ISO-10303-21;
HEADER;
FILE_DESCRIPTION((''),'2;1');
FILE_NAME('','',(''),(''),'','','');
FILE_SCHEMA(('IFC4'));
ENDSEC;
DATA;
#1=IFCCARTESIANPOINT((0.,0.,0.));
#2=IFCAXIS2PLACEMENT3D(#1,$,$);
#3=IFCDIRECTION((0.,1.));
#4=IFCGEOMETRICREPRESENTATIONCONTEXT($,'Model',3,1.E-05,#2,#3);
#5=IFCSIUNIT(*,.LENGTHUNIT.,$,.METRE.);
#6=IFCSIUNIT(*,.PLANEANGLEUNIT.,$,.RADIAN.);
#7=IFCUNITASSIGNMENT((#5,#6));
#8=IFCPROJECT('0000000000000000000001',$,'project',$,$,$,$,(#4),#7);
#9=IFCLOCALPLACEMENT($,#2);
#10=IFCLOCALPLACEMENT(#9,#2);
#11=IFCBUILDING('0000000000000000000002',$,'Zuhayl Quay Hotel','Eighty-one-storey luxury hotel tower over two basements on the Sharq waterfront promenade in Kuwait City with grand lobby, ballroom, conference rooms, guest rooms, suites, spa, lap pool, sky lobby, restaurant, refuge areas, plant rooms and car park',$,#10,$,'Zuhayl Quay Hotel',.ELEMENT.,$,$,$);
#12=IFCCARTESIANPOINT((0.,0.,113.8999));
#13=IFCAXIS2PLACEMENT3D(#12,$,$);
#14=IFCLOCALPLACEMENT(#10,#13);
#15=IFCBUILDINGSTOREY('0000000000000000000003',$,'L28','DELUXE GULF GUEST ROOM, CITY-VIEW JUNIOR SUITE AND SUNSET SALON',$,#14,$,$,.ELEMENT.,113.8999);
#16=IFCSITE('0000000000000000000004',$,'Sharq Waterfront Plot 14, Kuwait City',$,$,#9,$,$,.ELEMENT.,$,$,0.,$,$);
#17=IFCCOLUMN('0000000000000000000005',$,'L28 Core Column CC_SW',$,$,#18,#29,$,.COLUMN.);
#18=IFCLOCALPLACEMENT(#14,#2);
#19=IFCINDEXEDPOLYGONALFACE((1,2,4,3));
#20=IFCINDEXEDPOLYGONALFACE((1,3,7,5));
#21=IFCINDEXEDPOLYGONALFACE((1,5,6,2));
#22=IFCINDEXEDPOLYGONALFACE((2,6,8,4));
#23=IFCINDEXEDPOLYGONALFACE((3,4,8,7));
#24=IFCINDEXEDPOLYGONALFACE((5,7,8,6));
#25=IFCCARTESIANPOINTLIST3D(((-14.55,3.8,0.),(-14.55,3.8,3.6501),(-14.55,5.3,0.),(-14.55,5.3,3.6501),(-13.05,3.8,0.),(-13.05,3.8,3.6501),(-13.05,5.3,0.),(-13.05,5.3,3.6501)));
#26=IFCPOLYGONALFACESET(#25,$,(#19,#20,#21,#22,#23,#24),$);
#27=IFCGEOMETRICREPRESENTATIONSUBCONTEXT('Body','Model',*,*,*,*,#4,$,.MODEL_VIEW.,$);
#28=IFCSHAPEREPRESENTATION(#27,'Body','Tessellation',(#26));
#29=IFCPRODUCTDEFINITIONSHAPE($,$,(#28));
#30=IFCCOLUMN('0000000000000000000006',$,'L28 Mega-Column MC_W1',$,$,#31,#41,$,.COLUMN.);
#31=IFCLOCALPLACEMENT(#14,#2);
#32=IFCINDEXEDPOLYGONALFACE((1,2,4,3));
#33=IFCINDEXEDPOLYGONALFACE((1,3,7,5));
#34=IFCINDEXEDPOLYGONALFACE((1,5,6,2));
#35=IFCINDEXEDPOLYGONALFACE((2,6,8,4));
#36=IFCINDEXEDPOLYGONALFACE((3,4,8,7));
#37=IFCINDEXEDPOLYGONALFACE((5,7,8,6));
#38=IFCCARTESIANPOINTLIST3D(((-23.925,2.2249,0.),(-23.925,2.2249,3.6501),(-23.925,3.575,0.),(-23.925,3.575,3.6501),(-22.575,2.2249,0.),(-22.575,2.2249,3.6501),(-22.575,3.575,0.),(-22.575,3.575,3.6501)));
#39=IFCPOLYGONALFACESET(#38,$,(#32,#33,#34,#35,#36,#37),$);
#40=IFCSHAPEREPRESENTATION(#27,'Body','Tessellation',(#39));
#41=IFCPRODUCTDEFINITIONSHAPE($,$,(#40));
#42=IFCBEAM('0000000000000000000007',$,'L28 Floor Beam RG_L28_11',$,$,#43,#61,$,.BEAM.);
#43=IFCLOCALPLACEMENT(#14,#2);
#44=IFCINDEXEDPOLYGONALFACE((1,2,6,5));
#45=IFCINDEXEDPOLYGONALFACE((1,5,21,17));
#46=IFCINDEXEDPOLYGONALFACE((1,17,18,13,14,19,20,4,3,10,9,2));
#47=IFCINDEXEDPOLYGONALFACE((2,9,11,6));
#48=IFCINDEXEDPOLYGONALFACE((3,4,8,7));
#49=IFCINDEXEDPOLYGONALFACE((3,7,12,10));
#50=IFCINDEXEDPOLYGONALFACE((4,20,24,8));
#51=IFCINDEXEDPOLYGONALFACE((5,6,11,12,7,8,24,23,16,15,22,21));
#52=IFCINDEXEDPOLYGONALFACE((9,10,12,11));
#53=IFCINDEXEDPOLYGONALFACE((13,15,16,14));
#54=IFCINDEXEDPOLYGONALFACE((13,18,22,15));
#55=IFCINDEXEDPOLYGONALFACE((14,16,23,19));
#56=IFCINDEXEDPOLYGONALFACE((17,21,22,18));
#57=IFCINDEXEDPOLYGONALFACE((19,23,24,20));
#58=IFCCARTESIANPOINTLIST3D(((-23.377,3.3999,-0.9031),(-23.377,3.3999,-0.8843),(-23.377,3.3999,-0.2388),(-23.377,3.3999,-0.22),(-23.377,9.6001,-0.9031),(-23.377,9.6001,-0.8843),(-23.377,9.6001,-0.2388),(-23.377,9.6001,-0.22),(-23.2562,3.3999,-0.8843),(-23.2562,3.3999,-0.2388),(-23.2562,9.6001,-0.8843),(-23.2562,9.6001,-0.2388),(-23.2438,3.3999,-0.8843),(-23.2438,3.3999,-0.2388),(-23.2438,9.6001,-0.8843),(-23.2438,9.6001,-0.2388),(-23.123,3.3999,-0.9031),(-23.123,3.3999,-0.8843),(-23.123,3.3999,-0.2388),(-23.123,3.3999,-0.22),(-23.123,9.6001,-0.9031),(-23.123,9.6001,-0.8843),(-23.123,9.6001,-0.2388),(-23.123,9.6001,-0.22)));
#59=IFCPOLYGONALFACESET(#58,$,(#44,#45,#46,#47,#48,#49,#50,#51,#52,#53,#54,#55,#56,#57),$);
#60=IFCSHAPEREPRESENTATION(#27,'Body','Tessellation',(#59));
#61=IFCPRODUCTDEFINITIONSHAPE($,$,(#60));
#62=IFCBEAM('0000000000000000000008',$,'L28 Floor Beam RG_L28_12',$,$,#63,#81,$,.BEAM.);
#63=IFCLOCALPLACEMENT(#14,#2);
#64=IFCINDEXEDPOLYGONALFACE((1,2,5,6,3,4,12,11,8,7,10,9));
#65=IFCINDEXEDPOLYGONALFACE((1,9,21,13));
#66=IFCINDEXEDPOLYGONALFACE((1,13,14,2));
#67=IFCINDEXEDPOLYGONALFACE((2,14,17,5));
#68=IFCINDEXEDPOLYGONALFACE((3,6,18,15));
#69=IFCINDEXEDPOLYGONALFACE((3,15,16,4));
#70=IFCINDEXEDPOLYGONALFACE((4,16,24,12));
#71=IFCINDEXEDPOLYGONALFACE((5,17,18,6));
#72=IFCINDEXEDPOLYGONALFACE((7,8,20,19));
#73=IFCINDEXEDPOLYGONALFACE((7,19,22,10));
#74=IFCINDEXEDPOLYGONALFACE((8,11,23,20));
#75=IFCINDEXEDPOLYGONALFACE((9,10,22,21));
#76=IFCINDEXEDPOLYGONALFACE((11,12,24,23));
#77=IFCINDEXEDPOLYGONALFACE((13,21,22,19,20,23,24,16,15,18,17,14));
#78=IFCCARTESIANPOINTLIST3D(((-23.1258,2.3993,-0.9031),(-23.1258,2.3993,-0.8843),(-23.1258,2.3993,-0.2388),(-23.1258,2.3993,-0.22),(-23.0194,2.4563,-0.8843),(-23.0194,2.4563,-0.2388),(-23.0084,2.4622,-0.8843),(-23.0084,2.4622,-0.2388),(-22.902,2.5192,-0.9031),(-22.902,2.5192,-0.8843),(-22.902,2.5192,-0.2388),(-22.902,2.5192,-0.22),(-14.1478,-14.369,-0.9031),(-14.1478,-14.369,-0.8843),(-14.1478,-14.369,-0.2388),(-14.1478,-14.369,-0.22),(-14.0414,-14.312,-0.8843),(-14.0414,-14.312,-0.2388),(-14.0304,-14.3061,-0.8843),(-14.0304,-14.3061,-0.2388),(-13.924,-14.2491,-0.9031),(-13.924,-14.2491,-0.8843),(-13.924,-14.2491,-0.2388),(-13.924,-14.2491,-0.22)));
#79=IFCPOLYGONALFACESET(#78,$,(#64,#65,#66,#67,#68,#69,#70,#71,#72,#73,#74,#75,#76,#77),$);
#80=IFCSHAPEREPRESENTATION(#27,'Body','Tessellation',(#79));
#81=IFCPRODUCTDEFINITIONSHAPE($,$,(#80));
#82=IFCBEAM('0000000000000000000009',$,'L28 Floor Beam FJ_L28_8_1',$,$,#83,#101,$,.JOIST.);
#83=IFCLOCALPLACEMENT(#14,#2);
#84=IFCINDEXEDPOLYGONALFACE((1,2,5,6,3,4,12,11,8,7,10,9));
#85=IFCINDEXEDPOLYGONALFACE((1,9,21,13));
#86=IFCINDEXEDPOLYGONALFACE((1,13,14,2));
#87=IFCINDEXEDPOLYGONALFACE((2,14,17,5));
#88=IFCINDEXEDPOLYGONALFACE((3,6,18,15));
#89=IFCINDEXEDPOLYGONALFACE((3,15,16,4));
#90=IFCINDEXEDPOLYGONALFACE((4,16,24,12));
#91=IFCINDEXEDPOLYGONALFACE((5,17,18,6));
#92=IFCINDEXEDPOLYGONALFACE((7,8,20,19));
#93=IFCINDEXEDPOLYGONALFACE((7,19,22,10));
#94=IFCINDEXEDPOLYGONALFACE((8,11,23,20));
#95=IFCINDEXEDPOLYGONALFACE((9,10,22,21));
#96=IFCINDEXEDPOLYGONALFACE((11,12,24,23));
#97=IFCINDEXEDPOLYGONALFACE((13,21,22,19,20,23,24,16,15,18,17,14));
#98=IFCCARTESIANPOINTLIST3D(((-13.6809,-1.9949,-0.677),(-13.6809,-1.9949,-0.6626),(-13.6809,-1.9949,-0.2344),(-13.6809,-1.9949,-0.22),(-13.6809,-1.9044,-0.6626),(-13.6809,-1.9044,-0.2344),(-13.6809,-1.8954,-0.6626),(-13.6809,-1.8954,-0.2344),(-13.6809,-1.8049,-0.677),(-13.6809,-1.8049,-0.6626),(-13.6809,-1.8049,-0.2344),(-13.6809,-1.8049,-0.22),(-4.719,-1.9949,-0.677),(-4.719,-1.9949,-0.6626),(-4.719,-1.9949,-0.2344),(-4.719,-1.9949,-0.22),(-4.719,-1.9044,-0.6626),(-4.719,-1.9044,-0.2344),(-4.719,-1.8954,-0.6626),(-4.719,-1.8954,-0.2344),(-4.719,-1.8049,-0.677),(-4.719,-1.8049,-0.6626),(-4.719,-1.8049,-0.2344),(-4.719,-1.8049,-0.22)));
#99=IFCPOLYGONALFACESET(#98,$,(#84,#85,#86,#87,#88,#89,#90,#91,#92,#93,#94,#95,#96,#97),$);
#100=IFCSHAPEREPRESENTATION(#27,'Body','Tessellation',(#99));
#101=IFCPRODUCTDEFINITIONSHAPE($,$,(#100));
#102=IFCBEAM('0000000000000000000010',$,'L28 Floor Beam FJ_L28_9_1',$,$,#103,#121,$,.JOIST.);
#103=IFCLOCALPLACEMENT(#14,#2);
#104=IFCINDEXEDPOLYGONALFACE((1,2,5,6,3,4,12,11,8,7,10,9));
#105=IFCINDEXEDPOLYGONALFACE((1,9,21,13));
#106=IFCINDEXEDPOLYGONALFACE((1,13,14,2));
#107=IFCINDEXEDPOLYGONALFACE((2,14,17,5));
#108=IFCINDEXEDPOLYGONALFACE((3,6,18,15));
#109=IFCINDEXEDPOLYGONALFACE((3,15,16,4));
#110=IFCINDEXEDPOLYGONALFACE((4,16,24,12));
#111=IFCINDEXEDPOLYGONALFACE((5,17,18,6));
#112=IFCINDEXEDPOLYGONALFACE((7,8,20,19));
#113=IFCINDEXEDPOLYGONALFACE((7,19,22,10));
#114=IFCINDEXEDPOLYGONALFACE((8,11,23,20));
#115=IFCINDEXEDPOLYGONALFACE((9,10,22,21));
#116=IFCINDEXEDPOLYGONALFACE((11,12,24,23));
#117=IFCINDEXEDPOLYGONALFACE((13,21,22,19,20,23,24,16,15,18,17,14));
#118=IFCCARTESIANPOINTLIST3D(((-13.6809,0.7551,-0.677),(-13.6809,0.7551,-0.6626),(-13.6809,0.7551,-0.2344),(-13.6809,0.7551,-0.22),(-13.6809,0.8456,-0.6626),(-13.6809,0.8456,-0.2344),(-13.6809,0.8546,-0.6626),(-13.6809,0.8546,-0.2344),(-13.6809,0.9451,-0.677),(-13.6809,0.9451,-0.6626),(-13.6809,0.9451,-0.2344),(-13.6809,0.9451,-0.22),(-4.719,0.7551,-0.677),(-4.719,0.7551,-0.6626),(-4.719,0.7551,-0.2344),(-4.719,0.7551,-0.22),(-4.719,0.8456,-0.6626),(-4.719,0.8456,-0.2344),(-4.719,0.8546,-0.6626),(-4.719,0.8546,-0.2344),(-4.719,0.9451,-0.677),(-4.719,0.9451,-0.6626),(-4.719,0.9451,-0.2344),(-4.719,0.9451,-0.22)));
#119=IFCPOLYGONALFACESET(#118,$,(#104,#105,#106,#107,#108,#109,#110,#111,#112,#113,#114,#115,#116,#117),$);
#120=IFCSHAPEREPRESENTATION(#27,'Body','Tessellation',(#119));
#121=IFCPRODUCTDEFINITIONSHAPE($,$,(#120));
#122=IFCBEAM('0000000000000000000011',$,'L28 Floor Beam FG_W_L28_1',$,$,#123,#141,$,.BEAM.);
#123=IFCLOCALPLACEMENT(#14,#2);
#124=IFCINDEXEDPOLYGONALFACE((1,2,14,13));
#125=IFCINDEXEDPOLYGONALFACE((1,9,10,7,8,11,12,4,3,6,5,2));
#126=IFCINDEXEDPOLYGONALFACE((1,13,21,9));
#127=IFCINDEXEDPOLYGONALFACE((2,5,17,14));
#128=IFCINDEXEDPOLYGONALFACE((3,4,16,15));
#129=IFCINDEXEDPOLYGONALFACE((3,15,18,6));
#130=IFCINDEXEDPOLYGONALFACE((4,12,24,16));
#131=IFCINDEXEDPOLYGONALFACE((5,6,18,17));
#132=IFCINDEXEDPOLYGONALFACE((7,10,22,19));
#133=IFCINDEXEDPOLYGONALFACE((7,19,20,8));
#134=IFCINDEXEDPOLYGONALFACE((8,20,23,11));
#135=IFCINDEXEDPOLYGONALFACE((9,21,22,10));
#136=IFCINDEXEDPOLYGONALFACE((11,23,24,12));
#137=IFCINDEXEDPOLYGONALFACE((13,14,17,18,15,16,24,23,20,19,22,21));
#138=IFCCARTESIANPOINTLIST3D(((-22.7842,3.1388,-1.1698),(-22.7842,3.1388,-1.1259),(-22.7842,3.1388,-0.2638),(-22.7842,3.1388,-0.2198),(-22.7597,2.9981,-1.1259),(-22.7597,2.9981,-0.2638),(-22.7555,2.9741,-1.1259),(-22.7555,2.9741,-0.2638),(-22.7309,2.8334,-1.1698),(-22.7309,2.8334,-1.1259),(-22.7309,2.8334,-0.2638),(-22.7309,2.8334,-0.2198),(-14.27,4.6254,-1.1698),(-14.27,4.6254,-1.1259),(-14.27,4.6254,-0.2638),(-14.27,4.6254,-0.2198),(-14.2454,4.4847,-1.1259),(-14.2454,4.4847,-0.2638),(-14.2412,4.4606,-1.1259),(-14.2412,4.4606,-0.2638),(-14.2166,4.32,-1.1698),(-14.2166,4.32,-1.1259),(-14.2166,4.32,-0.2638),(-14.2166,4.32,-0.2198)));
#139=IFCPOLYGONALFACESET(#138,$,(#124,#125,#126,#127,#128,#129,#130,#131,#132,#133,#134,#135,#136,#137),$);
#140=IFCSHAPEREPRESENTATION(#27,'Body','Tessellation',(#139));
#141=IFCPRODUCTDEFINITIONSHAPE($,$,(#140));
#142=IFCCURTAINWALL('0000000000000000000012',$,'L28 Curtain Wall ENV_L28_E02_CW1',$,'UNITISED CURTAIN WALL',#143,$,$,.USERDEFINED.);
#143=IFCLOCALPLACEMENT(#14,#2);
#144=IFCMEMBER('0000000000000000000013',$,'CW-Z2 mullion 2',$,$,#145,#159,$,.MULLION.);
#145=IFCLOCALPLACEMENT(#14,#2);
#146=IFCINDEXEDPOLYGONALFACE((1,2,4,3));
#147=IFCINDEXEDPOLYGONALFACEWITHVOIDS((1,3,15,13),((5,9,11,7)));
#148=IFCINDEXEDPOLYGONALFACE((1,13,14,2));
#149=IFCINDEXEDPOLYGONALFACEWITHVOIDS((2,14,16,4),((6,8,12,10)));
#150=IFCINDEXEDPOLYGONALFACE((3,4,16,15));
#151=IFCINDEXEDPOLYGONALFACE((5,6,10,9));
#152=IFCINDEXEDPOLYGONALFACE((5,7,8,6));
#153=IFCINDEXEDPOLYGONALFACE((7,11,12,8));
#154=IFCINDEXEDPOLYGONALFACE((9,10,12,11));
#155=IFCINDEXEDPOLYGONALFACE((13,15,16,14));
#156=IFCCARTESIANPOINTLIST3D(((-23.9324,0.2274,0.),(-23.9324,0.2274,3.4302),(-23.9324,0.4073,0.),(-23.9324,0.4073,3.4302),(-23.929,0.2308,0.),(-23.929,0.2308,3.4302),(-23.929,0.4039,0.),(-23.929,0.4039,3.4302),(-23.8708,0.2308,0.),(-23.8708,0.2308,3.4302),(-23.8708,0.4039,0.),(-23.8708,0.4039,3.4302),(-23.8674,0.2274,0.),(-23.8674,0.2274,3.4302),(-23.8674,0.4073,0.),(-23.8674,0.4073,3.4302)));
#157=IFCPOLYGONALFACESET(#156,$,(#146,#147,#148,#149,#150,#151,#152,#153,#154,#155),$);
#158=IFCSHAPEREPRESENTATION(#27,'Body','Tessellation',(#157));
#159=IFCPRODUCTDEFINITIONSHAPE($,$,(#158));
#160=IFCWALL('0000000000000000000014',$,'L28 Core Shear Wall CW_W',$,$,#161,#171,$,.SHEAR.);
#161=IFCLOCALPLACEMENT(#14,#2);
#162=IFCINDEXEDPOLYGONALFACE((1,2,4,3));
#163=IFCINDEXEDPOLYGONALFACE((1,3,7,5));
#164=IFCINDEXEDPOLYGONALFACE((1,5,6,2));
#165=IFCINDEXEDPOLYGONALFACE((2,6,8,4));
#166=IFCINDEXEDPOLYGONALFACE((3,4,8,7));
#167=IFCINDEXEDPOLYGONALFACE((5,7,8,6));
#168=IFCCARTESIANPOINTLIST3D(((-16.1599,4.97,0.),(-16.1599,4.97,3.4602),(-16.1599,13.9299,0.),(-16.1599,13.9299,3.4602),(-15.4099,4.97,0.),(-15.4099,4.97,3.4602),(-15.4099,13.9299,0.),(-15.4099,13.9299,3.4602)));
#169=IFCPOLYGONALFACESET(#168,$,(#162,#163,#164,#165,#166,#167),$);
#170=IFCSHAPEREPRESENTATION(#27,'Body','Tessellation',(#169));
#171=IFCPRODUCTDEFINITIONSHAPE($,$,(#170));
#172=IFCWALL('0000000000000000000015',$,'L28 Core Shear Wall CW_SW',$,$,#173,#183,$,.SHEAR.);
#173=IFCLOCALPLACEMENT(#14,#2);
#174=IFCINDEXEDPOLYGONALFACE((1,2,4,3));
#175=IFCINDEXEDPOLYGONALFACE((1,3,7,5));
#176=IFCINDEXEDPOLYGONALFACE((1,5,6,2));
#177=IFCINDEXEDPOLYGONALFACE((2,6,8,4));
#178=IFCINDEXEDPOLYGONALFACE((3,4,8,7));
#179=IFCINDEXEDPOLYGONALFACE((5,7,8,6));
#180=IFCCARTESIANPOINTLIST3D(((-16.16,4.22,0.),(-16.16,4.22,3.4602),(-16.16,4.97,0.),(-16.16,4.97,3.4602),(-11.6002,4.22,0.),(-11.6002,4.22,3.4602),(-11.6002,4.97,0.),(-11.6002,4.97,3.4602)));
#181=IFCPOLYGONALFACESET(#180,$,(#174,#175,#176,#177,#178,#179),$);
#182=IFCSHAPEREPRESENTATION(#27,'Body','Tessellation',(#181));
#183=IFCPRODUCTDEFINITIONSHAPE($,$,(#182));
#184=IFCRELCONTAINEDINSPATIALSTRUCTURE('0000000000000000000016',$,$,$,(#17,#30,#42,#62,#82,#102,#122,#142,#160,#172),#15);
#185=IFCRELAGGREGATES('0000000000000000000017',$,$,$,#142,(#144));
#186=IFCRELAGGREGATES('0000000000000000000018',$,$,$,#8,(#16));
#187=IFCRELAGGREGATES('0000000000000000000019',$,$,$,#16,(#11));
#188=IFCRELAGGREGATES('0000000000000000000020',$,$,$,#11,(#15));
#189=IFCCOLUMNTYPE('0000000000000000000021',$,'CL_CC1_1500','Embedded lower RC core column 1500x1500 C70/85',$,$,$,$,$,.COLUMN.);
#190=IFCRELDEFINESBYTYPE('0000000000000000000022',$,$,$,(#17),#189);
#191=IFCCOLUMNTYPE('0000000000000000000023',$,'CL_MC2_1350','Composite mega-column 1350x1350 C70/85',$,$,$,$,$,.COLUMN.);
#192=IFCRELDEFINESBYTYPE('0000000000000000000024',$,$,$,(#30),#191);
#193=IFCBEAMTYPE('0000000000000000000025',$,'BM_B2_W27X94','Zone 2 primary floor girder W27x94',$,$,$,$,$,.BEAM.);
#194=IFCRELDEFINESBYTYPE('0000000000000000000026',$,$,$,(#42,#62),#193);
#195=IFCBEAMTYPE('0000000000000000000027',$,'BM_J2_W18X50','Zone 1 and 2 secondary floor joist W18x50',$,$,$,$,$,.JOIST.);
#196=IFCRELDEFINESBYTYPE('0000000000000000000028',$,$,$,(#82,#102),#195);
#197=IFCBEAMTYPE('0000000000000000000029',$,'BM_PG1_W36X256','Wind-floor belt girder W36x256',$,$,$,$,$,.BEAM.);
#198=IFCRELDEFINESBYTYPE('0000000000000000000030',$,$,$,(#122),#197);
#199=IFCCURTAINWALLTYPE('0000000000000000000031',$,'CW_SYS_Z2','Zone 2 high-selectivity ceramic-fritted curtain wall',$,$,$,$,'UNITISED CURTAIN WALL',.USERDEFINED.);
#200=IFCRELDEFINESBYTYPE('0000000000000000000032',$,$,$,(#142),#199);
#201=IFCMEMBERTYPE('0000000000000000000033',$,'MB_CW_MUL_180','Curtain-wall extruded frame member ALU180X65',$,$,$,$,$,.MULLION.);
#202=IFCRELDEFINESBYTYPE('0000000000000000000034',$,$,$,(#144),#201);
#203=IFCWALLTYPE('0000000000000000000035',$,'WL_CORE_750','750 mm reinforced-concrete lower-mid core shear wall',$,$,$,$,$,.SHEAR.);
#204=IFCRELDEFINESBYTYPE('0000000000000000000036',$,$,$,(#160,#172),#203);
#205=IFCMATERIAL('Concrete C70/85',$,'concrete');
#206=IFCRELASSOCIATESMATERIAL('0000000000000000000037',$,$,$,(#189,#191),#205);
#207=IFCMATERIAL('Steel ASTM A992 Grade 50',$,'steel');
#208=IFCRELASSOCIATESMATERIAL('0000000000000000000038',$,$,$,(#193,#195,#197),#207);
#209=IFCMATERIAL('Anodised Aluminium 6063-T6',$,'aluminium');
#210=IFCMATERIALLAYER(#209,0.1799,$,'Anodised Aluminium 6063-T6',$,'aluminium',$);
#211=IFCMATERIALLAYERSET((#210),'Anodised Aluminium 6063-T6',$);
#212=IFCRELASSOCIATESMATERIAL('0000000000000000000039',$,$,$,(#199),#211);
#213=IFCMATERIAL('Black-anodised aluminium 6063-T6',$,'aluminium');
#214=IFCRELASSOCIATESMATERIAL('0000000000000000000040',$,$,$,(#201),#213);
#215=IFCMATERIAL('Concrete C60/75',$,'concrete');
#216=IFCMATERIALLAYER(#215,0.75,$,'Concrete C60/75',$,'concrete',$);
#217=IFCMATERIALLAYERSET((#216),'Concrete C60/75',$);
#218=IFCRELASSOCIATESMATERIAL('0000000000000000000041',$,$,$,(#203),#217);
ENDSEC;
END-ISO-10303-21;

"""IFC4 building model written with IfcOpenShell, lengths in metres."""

from ifc_helpers import new_model, si_unit, direction, frame, frame_2d, origin, origin_2d, place, context, subcontext, project, spatial, rectangle, hollow_rectangle, i_section, extrude, material, layer, layer_set, material_profile, profile_set, type_object, element, aggregate, save


model = new_model("IFC4")

# Units and contexts
model_context = context("Model", 3, precision=1e-05, world=origin(), true_north=direction((0.0, 1.0)))
body_context = subcontext(model_context, "Body", "Model", "MODEL_VIEW")
ifc_project = project(units=[si_unit("LENGTHUNIT", "METRE"), si_unit("PLANEANGLEUNIT", "RADIAN")], contexts=[model_context])

# Site, building, storey
site_placement = place(None, origin())
site = spatial("IfcSite", under=ifc_project, at=site_placement, Name="Sharq Waterfront Plot 14, Kuwait City", CompositionType="ELEMENT", RefElevation=0.0)
building_placement = place(site_placement, origin())
building = spatial("IfcBuilding", under=site, at=building_placement, Name="Zuhayl Quay Hotel", Description="Eighty-one-storey luxury hotel tower over two basements on the Sharq waterfront promenade in Kuwait City with grand lobby, ballroom, conference rooms, guest rooms, suites, spa, lap pool, sky lobby, restaurant, refuge areas, plant rooms and car park", LongName="Zuhayl Quay Hotel", CompositionType="ELEMENT")
storey_placement = place(building_placement, frame((0.0, 0.0, 113.8999)))
storey = spatial("IfcBuildingStorey", under=building, at=storey_placement, Name="L28", Description="DELUXE GULF GUEST ROOM, CITY-VIEW JUNIOR SUITE AND SUNSET SALON", CompositionType="ELEMENT", Elevation=113.8999)

# Columns
ifc_material_1 = material(Name="Concrete C70/85", Category="concrete")
ifc_material_profile_1 = material_profile(ifc_material_1, rectangle(XDim=1.5, YDim=1.5, at=origin_2d()), Name="RC1500X1500")
ifc_profile_set_1 = profile_set([ifc_material_profile_1], Name="Concrete C70/85")
column_type_1 = type_object("IfcColumnType", Name="CL_CC1_1500", Description="Embedded lower RC core column 1500x1500 C70/85", PredefinedType="COLUMN", material=ifc_profile_set_1)
column_1_placement = place(storey_placement, frame((-13.8, 4.55, 0.0), z_axis=(0.0, 0.0, 1.0), x_axis=(1.0, 0.0, 0.0)))
element("IfcColumn", 1, at=column_1_placement, inside=storey, type_object=column_type_1, Name="L28 Core Column CC_SW", PredefinedType="COLUMN", context=body_context, shape_type="SweptSolid", body=[
    extrude(rectangle(XDim=1.5, YDim=1.5, at=origin_2d()), origin(), (0.0, 0.0, 1.0), 3.6501),
])
ifc_material_profile_2 = material_profile(ifc_material_1, rectangle(XDim=1.3501, YDim=1.3501, at=origin_2d()), Name="RC1350X1350")
ifc_profile_set_2 = profile_set([ifc_material_profile_2], Name="Concrete C70/85")
column_type_2 = type_object("IfcColumnType", Name="CL_MC2_1350", Description="Composite mega-column 1350x1350 C70/85", PredefinedType="COLUMN", material=ifc_profile_set_2)
column_2_placement = place(storey_placement, frame((-23.25, 2.8999, 0.0), z_axis=(0.0, 0.0, 1.0), x_axis=(1.0, 0.0, 0.0)))
element("IfcColumn", 2, at=column_2_placement, inside=storey, type_object=column_type_2, Name="L28 Mega-Column MC_W1", PredefinedType="COLUMN", context=body_context, shape_type="SweptSolid", body=[
    extrude(rectangle(XDim=1.3501, YDim=1.3501, at=origin_2d()), origin(), (0.0, 0.0, 1.0), 3.6501),
])

# Beams
ifc_material_2 = material(Name="Steel ASTM A992 Grade 50", Category="steel")
ifc_material_profile_3 = material_profile(ifc_material_2, i_section(OverallWidth=0.2539, OverallDepth=0.6831, WebThickness=0.0125, FlangeThickness=0.0188, at=origin_2d()), Name="W27X94")
ifc_profile_set_3 = profile_set([ifc_material_profile_3], Name="Steel ASTM A992 Grade 50")
beam_type_1 = type_object("IfcBeamType", Name="BM_B2_W27X94", Description="Zone 2 primary floor girder W27x94", PredefinedType="BEAM", material=ifc_profile_set_3)
beam_1_placement = place(storey_placement, frame((-23.25, 9.6001, -0.5615), z_axis=(0.0, -1.0, 0.0), x_axis=(1.0, 0.0, 0.0)))
element("IfcBeam", 3, at=beam_1_placement, inside=storey, type_object=beam_type_1, Name="L28 Floor Beam RG_L28_11", PredefinedType="BEAM", context=body_context, shape_type="SweptSolid", body=[
    extrude(i_section(OverallWidth=0.2539, OverallDepth=0.6831, WebThickness=0.0125, FlangeThickness=0.0188, at=origin_2d()), origin(), (0.0, 0.0, 1.0), 6.2002),
])
beam_2_placement = place(storey_placement, frame((-23.0139, 2.4592, -0.5615), z_axis=(0.472017, -0.881589, 0.0), x_axis=(0.881589, 0.472017, 0.0)))
element("IfcBeam", 4, at=beam_2_placement, inside=storey, type_object=beam_type_1, Name="L28 Floor Beam RG_L28_12", PredefinedType="BEAM", context=body_context, shape_type="SweptSolid", body=[
    extrude(i_section(OverallWidth=0.2539, OverallDepth=0.6831, WebThickness=0.0125, FlangeThickness=0.0188, at=origin_2d()), origin(), (0.0, 0.0, 1.0), 19.0205),
])
ifc_material_profile_4 = material_profile(ifc_material_2, i_section(OverallWidth=0.1899, OverallDepth=0.457, WebThickness=0.009, FlangeThickness=0.0144, at=origin_2d()), Name="W18X50")
ifc_profile_set_4 = profile_set([ifc_material_profile_4], Name="Steel ASTM A992 Grade 50")
beam_type_2 = type_object("IfcBeamType", Name="BM_J2_W18X50", Description="Zone 1 and 2 secondary floor joist W18x50", PredefinedType="JOIST", material=ifc_profile_set_4)
for number, where, z_axis, x_axis, name in (
    (5, (-13.6809, -1.8999, -0.4485), (1.0, 0.0, 0.0), (0.0, 1.0, 0.0), "L28 Floor Beam FJ_L28_8_1"),
    (6, (-13.6809, 0.8501, -0.4485), (1.0, 0.0, 0.0), (0.0, 1.0, 0.0), "L28 Floor Beam FJ_L28_9_1"),
):
    element("IfcBeam", number, at=place(storey_placement, frame(where, z_axis=z_axis, x_axis=x_axis)), inside=storey, type_object=beam_type_2, Name=name, PredefinedType="JOIST", context=body_context, shape_type="SweptSolid", body=[
        extrude(i_section(OverallWidth=0.1899, OverallDepth=0.457, WebThickness=0.009, FlangeThickness=0.0144, at=origin_2d()), origin(), (0.0, 0.0, 1.0), 8.9619),
    ])
ifc_material_profile_5 = material_profile(ifc_material_2, i_section(OverallWidth=0.3101, OverallDepth=0.95, WebThickness=0.0244, FlangeThickness=0.0439, at=origin_2d()), Name="W36X256")
ifc_profile_set_5 = profile_set([ifc_material_profile_5], Name="Steel ASTM A992 Grade 50")
beam_type_3 = type_object("IfcBeamType", Name="BM_PG1_W36X256", Description="Wind-floor belt girder W36x256", PredefinedType="BEAM", material=ifc_profile_set_5)
beam_3_placement = place(storey_placement, frame((-22.7576, 2.9861, -0.6948), z_axis=(0.985097, 0.171998, 0.0), x_axis=(-0.171998, 0.985097, 0.0)))
element("IfcBeam", 7, at=beam_3_placement, inside=storey, type_object=beam_type_3, Name="L28 Floor Beam FG_W_L28_1", PredefinedType="BEAM", context=body_context, shape_type="SweptSolid", body=[
    extrude(i_section(OverallWidth=0.3101, OverallDepth=0.95, WebThickness=0.0244, FlangeThickness=0.0439, at=origin_2d()), origin(), (0.0, 0.0, 1.0), 8.6431),
])

# Curtain wall, member
ifc_material_3 = material(Name="Anodised Aluminium 6063-T6", Category="aluminium")
ifc_layer_1 = layer(ifc_material_3, 0.1799, Name="Anodised Aluminium 6063-T6", Category="aluminium")
ifc_layer_set_1 = layer_set([ifc_layer_1], Name="Anodised Aluminium 6063-T6")
curtain_wall_type = type_object("IfcCurtainWallType", Name="CW_SYS_Z2", Description="Zone 2 high-selectivity ceramic-fritted curtain wall", ElementType="UNITISED CURTAIN WALL", PredefinedType="USERDEFINED", material=ifc_layer_set_1)
curtain_wall_placement = place(storey_placement, origin())
curtain_wall = element("IfcCurtainWall", 8, at=curtain_wall_placement, inside=storey, type_object=curtain_wall_type, Name="L28 Curtain Wall ENV_L28_E02_CW1", ObjectType="UNITISED CURTAIN WALL", PredefinedType="USERDEFINED")
ifc_material_4 = material(Name="Black-anodised aluminium 6063-T6", Category="aluminium")
ifc_material_profile_6 = material_profile(ifc_material_4, hollow_rectangle(XDim=0.0649, YDim=0.1799, WallThickness=0.0034, at=origin_2d()), Name="ALU180X65")
ifc_profile_set_6 = profile_set([ifc_material_profile_6], Name="Black-anodised aluminium 6063-T6")
member_type = type_object("IfcMemberType", Name="MB_CW_MUL_180", Description="Curtain-wall extruded frame member ALU180X65", PredefinedType="MULLION", material=ifc_profile_set_6)
member_placement = place(storey_placement, frame((-23.8999, 0.3174, 0.0), z_axis=(0.0, 0.0, 1.0), x_axis=(-1.0, 0.0, 0.0)))
member = element("IfcMember", 9, at=member_placement, type_object=member_type, Name="CW-Z2 mullion 2", PredefinedType="MULLION", context=body_context, shape_type="SweptSolid", body=[
    extrude(hollow_rectangle(XDim=0.0649, YDim=0.1799, WallThickness=0.0034, at=origin_2d()), origin(), (0.0, 0.0, 1.0), 3.4302),
])
aggregate(curtain_wall, [member])

# Walls
ifc_material_5 = material(Name="Concrete C60/75", Category="concrete")
ifc_layer_2 = layer(ifc_material_5, 0.75, Name="Concrete C60/75", Category="concrete")
ifc_layer_set_2 = layer_set([ifc_layer_2], Name="Concrete C60/75")
wall_type_1 = type_object("IfcWallType", Name="WL_CORE_750", Description="750 mm reinforced-concrete lower-mid core shear wall", PredefinedType="SHEAR", material=ifc_layer_set_2)
wall_1_placement = place(storey_placement, frame((-15.7849, 4.97, 0.0), z_axis=(0.0, 0.0, 1.0), x_axis=(0.0, 1.0, 0.0)))
element("IfcWall", 10, at=wall_1_placement, inside=storey, type_object=wall_type_1, Name="L28 Core Shear Wall CW_W", PredefinedType="SHEAR", context=body_context, shape_type="SweptSolid", body=[
    extrude(rectangle(XDim=8.96, YDim=0.75, at=frame_2d((4.48, 0.0))), origin(), (0.0, 0.0, 1.0), 3.4602),
])
wall_2_placement = place(storey_placement, frame((-16.1599, 4.595, 0.0), z_axis=(0.0, 0.0, 1.0), x_axis=(1.0, 0.0, 0.0)))
element("IfcWall", 11, at=wall_2_placement, inside=storey, type_object=wall_type_1, Name="L28 Core Shear Wall CW_SW", PredefinedType="SHEAR", context=body_context, shape_type="SweptSolid", body=[
    extrude(rectangle(XDim=4.5598, YDim=0.75, at=frame_2d((2.2798, 0.0))), origin(), (0.0, 0.0, 1.0), 3.4602),
])

save(model, "model.ifc")
